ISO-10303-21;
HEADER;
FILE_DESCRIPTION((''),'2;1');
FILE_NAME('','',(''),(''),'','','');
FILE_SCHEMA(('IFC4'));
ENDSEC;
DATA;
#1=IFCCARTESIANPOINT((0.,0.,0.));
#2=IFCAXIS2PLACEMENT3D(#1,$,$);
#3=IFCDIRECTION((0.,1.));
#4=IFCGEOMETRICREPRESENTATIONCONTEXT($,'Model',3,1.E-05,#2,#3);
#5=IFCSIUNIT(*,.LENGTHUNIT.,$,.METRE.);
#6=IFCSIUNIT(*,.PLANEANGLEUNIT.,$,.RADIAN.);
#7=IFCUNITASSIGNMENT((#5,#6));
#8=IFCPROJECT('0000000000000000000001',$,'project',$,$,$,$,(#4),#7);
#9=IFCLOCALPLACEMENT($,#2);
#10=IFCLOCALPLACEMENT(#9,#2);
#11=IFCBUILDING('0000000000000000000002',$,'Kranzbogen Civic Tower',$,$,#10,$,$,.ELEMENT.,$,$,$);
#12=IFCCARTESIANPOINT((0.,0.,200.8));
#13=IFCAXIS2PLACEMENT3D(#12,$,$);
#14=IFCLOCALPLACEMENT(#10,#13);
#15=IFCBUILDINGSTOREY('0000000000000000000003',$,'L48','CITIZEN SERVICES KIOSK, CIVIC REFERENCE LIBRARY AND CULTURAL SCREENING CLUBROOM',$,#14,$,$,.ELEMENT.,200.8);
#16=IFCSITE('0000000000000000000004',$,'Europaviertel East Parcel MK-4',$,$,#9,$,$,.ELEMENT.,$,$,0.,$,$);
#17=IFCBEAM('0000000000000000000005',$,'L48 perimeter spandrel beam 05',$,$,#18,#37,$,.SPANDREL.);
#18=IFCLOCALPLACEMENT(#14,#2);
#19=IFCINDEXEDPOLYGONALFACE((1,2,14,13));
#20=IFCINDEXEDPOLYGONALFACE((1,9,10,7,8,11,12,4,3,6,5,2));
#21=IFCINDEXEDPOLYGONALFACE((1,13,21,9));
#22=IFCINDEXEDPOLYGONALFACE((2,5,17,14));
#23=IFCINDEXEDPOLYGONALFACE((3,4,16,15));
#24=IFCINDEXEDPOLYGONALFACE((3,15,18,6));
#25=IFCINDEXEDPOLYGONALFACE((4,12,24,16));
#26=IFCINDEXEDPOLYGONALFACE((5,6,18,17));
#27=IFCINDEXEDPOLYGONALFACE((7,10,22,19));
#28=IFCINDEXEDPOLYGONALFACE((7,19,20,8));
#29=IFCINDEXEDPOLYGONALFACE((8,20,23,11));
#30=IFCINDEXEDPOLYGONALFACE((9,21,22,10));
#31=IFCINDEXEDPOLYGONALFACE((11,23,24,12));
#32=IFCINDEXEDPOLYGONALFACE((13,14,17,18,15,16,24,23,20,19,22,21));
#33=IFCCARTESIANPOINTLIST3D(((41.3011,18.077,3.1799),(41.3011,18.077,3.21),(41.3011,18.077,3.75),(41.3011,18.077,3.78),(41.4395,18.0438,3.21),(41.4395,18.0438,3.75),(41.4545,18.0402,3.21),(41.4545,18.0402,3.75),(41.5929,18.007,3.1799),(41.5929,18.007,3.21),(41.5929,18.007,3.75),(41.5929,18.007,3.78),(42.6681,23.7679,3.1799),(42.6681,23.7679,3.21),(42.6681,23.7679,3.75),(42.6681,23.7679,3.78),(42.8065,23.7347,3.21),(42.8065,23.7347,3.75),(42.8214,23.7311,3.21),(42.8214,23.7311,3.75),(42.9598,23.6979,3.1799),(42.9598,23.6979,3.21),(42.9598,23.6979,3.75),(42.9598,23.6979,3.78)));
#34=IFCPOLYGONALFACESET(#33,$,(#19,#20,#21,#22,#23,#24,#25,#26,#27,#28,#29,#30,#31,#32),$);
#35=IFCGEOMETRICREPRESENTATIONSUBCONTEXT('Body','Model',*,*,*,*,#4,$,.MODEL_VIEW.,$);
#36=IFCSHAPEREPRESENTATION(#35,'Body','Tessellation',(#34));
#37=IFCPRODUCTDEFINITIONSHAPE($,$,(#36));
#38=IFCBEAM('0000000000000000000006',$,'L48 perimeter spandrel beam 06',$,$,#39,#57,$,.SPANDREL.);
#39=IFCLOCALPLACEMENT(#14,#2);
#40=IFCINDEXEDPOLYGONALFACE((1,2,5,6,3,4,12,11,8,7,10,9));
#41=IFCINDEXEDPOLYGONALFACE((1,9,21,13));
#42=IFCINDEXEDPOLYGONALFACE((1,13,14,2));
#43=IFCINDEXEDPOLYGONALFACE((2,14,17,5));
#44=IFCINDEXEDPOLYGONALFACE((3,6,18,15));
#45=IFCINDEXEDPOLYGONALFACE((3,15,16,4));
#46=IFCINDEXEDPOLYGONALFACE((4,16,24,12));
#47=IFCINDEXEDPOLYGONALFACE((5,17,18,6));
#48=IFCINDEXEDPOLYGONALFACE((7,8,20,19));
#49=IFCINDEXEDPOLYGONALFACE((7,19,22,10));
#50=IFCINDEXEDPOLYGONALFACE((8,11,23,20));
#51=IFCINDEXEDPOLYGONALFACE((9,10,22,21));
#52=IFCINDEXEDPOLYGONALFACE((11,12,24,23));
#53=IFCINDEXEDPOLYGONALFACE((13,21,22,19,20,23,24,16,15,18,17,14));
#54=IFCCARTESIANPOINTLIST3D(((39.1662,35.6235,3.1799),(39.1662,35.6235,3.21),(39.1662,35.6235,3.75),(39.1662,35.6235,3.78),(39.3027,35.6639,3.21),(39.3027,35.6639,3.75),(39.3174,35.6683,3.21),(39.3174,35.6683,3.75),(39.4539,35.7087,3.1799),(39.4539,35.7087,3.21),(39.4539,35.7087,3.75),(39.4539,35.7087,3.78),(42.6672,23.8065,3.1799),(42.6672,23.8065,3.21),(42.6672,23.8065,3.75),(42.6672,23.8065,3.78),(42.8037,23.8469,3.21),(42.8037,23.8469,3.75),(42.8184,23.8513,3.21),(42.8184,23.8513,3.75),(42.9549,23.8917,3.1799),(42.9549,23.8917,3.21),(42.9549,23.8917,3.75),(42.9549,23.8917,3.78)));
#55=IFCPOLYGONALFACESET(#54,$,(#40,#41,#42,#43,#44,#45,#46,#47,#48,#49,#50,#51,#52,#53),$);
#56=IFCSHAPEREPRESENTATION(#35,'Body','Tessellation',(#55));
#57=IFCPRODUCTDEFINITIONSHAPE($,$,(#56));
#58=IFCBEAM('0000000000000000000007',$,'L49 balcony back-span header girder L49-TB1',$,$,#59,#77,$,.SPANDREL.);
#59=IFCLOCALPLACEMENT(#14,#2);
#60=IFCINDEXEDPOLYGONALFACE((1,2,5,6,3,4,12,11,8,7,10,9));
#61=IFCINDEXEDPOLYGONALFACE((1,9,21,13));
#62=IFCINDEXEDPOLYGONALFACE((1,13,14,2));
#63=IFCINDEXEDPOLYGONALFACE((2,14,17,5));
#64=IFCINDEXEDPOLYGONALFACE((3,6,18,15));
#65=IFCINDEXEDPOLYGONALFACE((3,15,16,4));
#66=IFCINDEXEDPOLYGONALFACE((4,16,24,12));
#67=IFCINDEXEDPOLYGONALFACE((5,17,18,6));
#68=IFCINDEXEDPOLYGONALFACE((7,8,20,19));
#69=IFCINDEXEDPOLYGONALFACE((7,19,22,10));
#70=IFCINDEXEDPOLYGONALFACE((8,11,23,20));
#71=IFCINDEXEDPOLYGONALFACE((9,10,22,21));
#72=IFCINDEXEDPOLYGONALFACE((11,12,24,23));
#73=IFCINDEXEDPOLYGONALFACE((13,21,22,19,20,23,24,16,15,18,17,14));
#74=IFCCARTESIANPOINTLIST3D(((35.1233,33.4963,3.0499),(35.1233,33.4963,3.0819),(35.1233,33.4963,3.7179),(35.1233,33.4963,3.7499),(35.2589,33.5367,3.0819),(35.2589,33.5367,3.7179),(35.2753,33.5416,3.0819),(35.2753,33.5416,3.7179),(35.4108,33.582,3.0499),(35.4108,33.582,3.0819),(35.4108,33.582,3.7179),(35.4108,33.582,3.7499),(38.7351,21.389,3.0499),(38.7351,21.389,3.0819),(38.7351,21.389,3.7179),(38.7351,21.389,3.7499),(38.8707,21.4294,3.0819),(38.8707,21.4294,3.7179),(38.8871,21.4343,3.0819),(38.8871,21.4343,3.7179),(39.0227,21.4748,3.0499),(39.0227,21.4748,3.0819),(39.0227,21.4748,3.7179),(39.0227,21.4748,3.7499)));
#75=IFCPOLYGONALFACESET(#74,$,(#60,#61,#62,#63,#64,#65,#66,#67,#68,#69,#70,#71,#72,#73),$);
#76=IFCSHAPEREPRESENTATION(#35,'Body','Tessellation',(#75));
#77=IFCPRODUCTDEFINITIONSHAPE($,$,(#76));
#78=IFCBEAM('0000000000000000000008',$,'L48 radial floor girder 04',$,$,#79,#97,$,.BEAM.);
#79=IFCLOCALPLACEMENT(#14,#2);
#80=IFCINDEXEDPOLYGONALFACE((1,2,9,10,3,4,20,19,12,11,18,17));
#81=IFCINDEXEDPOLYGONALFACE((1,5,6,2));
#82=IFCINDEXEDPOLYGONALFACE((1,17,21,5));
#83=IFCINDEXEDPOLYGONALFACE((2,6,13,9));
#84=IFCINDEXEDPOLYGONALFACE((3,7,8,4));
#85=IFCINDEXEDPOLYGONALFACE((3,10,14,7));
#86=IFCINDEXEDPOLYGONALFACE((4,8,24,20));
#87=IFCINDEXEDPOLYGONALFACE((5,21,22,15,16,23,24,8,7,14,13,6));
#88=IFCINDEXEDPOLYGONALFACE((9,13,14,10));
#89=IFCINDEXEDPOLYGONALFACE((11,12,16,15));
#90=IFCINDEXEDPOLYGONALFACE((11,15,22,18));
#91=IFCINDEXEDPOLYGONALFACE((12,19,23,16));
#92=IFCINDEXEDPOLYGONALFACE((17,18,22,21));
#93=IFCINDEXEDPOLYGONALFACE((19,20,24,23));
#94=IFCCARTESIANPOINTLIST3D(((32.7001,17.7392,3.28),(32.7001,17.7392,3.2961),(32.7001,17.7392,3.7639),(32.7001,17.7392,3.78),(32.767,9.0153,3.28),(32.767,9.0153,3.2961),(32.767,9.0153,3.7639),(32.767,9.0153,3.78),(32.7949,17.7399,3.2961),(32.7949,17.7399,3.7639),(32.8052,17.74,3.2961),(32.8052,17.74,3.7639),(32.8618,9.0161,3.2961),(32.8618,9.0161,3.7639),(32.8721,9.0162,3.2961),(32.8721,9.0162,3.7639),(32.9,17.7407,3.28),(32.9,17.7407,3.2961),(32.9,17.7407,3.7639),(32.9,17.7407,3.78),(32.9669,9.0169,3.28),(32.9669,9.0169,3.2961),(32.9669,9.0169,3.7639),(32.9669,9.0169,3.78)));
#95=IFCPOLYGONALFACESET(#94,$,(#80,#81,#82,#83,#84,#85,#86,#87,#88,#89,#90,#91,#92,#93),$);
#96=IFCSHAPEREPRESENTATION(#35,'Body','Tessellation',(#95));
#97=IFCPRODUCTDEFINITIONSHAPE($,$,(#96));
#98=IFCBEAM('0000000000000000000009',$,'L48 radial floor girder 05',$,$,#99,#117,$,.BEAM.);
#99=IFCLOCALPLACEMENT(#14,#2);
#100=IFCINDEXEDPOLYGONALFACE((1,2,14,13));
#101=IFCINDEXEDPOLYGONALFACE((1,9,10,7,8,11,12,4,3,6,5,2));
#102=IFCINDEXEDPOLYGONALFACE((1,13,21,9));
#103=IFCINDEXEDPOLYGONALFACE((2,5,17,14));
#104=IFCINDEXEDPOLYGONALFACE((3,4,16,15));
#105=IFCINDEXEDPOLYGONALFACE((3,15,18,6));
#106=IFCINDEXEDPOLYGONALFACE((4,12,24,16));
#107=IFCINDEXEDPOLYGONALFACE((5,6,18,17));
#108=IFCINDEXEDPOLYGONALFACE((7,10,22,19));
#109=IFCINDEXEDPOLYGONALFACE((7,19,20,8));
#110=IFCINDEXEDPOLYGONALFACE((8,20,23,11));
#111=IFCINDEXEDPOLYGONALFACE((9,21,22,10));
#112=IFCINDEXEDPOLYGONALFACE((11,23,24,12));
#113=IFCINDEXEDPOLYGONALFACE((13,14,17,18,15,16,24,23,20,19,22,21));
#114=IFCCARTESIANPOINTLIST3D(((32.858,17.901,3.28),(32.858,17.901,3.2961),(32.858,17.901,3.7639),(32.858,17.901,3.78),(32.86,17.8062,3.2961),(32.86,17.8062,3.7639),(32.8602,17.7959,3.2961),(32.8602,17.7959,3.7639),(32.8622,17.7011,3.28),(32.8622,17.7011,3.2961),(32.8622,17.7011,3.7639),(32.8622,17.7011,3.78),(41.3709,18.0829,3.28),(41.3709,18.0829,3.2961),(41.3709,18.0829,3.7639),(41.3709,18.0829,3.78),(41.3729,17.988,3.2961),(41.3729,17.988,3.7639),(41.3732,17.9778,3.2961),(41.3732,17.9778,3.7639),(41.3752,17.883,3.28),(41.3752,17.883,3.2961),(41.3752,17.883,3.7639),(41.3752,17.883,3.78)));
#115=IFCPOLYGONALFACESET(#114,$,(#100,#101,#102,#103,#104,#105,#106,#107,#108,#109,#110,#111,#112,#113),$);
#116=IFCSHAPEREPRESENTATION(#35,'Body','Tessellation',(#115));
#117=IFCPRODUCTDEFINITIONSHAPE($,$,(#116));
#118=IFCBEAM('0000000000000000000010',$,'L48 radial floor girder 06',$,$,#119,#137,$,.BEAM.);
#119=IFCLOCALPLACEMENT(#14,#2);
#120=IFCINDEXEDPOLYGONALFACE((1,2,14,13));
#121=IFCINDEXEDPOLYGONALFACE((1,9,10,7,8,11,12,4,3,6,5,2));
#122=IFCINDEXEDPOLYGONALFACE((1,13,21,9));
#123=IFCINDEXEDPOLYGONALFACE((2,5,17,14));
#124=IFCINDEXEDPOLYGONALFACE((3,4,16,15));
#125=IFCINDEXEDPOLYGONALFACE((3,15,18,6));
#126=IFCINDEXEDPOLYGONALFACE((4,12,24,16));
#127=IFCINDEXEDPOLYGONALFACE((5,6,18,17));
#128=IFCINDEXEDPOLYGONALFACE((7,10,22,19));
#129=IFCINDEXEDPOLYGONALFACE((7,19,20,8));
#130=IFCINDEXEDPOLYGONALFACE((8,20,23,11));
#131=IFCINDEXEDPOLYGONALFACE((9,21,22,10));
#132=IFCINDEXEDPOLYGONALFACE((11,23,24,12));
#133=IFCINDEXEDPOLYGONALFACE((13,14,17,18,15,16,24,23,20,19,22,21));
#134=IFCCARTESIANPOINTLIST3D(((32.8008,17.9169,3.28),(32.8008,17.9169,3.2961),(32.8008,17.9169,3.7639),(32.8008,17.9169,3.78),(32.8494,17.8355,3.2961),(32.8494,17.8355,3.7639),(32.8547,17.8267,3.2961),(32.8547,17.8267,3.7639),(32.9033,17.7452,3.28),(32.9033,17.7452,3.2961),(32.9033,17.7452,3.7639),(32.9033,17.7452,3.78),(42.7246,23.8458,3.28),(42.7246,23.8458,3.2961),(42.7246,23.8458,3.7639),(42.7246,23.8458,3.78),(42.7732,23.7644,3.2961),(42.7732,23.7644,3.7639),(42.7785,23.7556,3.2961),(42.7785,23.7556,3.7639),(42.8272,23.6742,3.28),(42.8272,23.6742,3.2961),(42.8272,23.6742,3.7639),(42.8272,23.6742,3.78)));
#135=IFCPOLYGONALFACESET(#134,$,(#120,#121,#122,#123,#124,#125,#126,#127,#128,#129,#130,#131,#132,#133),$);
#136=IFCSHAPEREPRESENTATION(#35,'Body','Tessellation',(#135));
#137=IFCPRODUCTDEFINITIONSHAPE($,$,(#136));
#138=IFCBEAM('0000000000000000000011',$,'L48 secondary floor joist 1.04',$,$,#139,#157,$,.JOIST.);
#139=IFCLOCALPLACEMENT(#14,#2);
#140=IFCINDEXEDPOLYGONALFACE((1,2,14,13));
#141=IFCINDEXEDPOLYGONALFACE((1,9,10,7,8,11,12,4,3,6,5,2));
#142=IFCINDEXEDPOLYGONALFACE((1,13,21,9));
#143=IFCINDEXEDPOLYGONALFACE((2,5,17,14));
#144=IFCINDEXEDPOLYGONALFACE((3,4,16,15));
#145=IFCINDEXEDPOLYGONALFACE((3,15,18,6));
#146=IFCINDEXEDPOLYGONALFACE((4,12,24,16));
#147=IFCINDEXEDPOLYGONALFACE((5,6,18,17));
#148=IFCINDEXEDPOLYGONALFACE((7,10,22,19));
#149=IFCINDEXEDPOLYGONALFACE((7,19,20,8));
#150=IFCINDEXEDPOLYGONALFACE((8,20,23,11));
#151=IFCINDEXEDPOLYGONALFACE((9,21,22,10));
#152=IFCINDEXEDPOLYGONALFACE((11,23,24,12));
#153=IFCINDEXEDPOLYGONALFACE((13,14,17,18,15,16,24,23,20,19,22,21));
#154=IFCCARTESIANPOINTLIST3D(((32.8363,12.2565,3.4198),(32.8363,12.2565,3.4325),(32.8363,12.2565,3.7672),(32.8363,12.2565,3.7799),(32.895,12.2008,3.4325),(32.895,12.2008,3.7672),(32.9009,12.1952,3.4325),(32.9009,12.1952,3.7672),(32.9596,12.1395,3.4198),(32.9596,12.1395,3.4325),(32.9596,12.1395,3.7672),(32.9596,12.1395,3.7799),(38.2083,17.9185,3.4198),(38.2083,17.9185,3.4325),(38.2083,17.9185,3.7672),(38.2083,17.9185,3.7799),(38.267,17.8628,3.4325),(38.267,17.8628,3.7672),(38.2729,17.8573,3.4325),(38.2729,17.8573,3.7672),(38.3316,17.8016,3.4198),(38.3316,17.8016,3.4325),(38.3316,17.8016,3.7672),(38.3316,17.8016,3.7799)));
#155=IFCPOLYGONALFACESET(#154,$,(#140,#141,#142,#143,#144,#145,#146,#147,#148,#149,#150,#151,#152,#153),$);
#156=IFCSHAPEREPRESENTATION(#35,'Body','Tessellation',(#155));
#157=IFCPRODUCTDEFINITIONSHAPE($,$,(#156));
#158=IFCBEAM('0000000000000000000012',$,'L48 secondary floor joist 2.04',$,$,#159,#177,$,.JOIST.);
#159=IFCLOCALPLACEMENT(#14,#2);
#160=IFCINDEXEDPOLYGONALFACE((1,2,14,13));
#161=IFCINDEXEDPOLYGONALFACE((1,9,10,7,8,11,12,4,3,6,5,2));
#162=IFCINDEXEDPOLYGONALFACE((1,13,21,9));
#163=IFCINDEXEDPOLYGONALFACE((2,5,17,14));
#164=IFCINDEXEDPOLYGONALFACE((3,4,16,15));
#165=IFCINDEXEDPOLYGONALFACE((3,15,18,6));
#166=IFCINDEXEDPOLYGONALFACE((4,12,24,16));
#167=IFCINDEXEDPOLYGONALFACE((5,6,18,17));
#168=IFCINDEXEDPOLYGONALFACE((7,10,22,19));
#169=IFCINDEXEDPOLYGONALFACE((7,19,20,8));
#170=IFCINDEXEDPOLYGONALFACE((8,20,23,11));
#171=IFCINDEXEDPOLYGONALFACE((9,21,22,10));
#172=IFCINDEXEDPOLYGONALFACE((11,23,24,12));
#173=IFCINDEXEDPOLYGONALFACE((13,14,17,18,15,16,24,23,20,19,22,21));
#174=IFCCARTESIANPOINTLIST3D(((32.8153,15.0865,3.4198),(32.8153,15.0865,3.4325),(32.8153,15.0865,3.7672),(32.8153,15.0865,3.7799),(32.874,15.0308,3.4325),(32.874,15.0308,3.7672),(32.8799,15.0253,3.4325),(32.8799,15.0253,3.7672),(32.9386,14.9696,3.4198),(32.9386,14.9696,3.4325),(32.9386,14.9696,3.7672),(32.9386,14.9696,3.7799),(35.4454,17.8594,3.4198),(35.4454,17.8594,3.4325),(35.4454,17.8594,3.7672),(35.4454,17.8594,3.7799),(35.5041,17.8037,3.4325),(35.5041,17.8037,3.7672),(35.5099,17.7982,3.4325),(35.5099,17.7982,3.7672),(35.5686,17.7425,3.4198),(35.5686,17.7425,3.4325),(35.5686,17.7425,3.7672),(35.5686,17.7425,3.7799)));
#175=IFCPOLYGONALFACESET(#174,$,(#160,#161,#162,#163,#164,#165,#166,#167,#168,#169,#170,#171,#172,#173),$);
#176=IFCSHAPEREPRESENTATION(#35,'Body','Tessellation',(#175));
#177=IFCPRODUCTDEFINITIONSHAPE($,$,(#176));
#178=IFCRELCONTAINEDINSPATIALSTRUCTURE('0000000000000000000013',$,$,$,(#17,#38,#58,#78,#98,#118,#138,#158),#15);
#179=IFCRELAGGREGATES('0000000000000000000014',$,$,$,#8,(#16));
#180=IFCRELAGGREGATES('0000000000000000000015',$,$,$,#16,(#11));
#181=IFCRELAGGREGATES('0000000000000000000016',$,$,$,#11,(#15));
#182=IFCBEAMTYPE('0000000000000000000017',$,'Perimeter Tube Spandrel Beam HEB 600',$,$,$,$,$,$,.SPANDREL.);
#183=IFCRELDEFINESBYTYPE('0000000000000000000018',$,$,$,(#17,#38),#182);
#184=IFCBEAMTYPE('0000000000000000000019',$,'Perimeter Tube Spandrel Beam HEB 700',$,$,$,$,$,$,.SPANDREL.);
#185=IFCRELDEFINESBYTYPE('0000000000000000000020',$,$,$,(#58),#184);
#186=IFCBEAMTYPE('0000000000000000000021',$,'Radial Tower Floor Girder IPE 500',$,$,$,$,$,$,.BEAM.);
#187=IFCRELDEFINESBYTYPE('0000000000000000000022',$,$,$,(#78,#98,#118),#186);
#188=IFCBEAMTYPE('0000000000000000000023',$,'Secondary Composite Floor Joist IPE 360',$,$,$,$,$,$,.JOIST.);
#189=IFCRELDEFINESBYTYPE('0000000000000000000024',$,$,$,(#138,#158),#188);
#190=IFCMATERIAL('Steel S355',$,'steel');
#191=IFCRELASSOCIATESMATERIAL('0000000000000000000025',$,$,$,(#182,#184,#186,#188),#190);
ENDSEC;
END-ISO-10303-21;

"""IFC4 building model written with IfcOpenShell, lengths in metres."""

from ifc_helpers import new_model, si_unit, direction, frame, origin, origin_2d, place, context, subcontext, project, spatial, i_section, extrude, material, material_profile, profile_set, type_object, element, save


model = new_model("IFC4")

# Units and contexts
model_context = context("Model", 3, precision=1e-05, world=origin(), true_north=direction((0.0, 1.0)))
body_context = subcontext(model_context, "Body", "Model", "MODEL_VIEW")
ifc_project = project(units=[si_unit("LENGTHUNIT", "METRE"), si_unit("PLANEANGLEUNIT", "RADIAN")], contexts=[model_context])

# Site, building, storey
site_placement = place(None, origin())
site = spatial("IfcSite", under=ifc_project, at=site_placement, Name="Europaviertel East Parcel MK-4", CompositionType="ELEMENT", RefElevation=0.0)
building_placement = place(site_placement, origin())
building = spatial("IfcBuilding", under=site, at=building_placement, Name="Kranzbogen Civic Tower", CompositionType="ELEMENT")
storey_placement = place(building_placement, frame((0.0, 0.0, 200.8)))
storey = spatial("IfcBuildingStorey", under=building, at=storey_placement, Name="L48", Description="CITIZEN SERVICES KIOSK, CIVIC REFERENCE LIBRARY AND CULTURAL SCREENING CLUBROOM", CompositionType="ELEMENT", Elevation=200.8)

# Shared definitions
ifc_material_1 = material(Name="Steel S355", Category="steel")

# Beams
ifc_material_profile_1 = material_profile(ifc_material_1, i_section(OverallWidth=0.3, OverallDepth=0.6001, WebThickness=0.0154, FlangeThickness=0.03, at=origin_2d()), Name="HEB 600")
ifc_profile_set_1 = profile_set([ifc_material_profile_1], Name="Steel S355")
beam_type_1 = type_object("IfcBeamType", Name="Perimeter Tube Spandrel Beam HEB 600", PredefinedType="SPANDREL", material=ifc_profile_set_1)
beam_1_placement = place(storey_placement, frame((41.447, 18.042, 3.48), z_axis=(0.233554, 0.972344, 0.0), x_axis=(-0.972344, 0.233554, 0.0)))
element("IfcBeam", 1, at=beam_1_placement, inside=storey, type_object=beam_type_1, Name="L48 perimeter spandrel beam 05", PredefinedType="SPANDREL", context=body_context, shape_type="SweptSolid", body=[
    extrude(i_section(OverallWidth=0.3, OverallDepth=0.6001, WebThickness=0.0154, FlangeThickness=0.03, at=origin_2d()), origin(), (0.0, 0.0, 1.0), 5.8528),
])
beam_2_placement = place(storey_placement, frame((42.811, 23.8491, 3.48), z_axis=(-0.284064, 0.958805, 0.0), x_axis=(-0.958805, -0.284064, 0.0)))
element("IfcBeam", 2, at=beam_2_placement, inside=storey, type_object=beam_type_1, Name="L48 perimeter spandrel beam 06", PredefinedType="SPANDREL", context=body_context, shape_type="SweptSolid", body=[
    extrude(i_section(OverallWidth=0.3, OverallDepth=0.6001, WebThickness=0.0154, FlangeThickness=0.03, at=origin_2d()), origin(), (0.0, 0.0, 1.0), 12.3247),
])
ifc_material_profile_2 = material_profile(ifc_material_1, i_section(OverallWidth=0.3, OverallDepth=0.7, WebThickness=0.0171, FlangeThickness=0.032, at=origin_2d()), Name="HEB 700")
ifc_profile_set_2 = profile_set([ifc_material_profile_2], Name="Steel S355")
beam_type_2 = type_object("IfcBeamType", Name="Perimeter Tube Spandrel Beam HEB 700", PredefinedType="SPANDREL", material=ifc_profile_set_2)
beam_3_placement = place(storey_placement, frame((38.8789, 21.4319, 3.3999), z_axis=(-0.285871, 0.958268, 0.0), x_axis=(-0.958268, -0.285871, 0.0)))
element("IfcBeam", 3, at=beam_3_placement, inside=storey, type_object=beam_type_2, Name="L49 balcony back-span header girder L49-TB1", PredefinedType="SPANDREL", context=body_context, shape_type="SweptSolid", body=[
    extrude(i_section(OverallWidth=0.3, OverallDepth=0.7, WebThickness=0.0171, FlangeThickness=0.032, at=origin_2d()), origin(), (0.0, 0.0, 1.0), 12.6345),
])
ifc_material_profile_3 = material_profile(ifc_material_1, i_section(OverallWidth=0.2, OverallDepth=0.5, WebThickness=0.0103, FlangeThickness=0.0161, at=origin_2d()), Name="IPE 500")
ifc_profile_set_3 = profile_set([ifc_material_profile_3], Name="Steel S355")
beam_type_3 = type_object("IfcBeamType", Name="Radial Tower Floor Girder IPE 500", PredefinedType="BEAM", material=ifc_profile_set_3)
beam_4_placement = place(storey_placement, frame((32.8669, 9.0161, 3.53), z_axis=(-0.007668, 0.999971, 0.0), x_axis=(-0.999971, -0.007668, 0.0)))
element("IfcBeam", 4, at=beam_4_placement, inside=storey, type_object=beam_type_3, Name="L48 radial floor girder 04", PredefinedType="BEAM", context=body_context, shape_type="SweptSolid", body=[
    extrude(i_section(OverallWidth=0.2, OverallDepth=0.5, WebThickness=0.0103, FlangeThickness=0.0161, at=origin_2d()), origin(), (0.0, 0.0, 1.0), 8.7241),
])
beam_5_placement = place(storey_placement, frame((41.373, 17.9829, 3.53), z_axis=(-0.999772, -0.021361, 0.0), x_axis=(0.021361, -0.999772, 0.0)))
element("IfcBeam", 5, at=beam_5_placement, inside=storey, type_object=beam_type_3, Name="L48 radial floor girder 05", PredefinedType="BEAM", context=body_context, shape_type="SweptSolid", body=[
    extrude(i_section(OverallWidth=0.2, OverallDepth=0.5, WebThickness=0.0103, FlangeThickness=0.0161, at=origin_2d()), origin(), (0.0, 0.0, 1.0), 8.5149),
])
beam_6_placement = place(storey_placement, frame((42.7759, 23.76, 3.53), z_axis=(-0.858459, -0.512883, 0.0), x_axis=(0.512883, -0.858459, 0.0)))
element("IfcBeam", 6, at=beam_6_placement, inside=storey, type_object=beam_type_3, Name="L48 radial floor girder 06", PredefinedType="BEAM", context=body_context, shape_type="SweptSolid", body=[
    extrude(i_section(OverallWidth=0.2, OverallDepth=0.5, WebThickness=0.0103, FlangeThickness=0.0161, at=origin_2d()), origin(), (0.0, 0.0, 1.0), 11.5601),
])
ifc_material_profile_4 = material_profile(ifc_material_1, i_section(OverallWidth=0.1699, OverallDepth=0.3601, WebThickness=0.0081, FlangeThickness=0.0127, at=origin_2d()), Name="IPE 360")
ifc_profile_set_4 = profile_set([ifc_material_profile_4], Name="Steel S355")
beam_type_4 = type_object("IfcBeamType", Name="Secondary Composite Floor Joist IPE 360", PredefinedType="JOIST", material=ifc_profile_set_4)
beam_7_placement = place(storey_placement, frame((32.8979, 12.198, 3.5999), z_axis=(0.688282, 0.725443, 0.0), x_axis=(-0.725443, 0.688282, 0.0)))
element("IfcBeam", 7, at=beam_7_placement, inside=storey, type_object=beam_type_4, Name="L48 secondary floor joist 1.04", PredefinedType="JOIST", context=body_context, shape_type="SweptSolid", body=[
    extrude(i_section(OverallWidth=0.1699, OverallDepth=0.3601, WebThickness=0.0081, FlangeThickness=0.0127, at=origin_2d()), origin(), (0.0, 0.0, 1.0), 7.8049),
])
beam_8_placement = place(storey_placement, frame((32.877, 15.0281, 3.5999), z_axis=(0.688175, 0.725545, 0.0), x_axis=(-0.725545, 0.688175, 0.0)))
element("IfcBeam", 8, at=beam_8_placement, inside=storey, type_object=beam_type_4, Name="L48 secondary floor joist 2.04", PredefinedType="JOIST", context=body_context, shape_type="SweptSolid", body=[
    extrude(i_section(OverallWidth=0.1699, OverallDepth=0.3601, WebThickness=0.0081, FlangeThickness=0.0127, at=origin_2d()), origin(), (0.0, 0.0, 1.0), 3.8218),
])

save(model, "model.ifc")
